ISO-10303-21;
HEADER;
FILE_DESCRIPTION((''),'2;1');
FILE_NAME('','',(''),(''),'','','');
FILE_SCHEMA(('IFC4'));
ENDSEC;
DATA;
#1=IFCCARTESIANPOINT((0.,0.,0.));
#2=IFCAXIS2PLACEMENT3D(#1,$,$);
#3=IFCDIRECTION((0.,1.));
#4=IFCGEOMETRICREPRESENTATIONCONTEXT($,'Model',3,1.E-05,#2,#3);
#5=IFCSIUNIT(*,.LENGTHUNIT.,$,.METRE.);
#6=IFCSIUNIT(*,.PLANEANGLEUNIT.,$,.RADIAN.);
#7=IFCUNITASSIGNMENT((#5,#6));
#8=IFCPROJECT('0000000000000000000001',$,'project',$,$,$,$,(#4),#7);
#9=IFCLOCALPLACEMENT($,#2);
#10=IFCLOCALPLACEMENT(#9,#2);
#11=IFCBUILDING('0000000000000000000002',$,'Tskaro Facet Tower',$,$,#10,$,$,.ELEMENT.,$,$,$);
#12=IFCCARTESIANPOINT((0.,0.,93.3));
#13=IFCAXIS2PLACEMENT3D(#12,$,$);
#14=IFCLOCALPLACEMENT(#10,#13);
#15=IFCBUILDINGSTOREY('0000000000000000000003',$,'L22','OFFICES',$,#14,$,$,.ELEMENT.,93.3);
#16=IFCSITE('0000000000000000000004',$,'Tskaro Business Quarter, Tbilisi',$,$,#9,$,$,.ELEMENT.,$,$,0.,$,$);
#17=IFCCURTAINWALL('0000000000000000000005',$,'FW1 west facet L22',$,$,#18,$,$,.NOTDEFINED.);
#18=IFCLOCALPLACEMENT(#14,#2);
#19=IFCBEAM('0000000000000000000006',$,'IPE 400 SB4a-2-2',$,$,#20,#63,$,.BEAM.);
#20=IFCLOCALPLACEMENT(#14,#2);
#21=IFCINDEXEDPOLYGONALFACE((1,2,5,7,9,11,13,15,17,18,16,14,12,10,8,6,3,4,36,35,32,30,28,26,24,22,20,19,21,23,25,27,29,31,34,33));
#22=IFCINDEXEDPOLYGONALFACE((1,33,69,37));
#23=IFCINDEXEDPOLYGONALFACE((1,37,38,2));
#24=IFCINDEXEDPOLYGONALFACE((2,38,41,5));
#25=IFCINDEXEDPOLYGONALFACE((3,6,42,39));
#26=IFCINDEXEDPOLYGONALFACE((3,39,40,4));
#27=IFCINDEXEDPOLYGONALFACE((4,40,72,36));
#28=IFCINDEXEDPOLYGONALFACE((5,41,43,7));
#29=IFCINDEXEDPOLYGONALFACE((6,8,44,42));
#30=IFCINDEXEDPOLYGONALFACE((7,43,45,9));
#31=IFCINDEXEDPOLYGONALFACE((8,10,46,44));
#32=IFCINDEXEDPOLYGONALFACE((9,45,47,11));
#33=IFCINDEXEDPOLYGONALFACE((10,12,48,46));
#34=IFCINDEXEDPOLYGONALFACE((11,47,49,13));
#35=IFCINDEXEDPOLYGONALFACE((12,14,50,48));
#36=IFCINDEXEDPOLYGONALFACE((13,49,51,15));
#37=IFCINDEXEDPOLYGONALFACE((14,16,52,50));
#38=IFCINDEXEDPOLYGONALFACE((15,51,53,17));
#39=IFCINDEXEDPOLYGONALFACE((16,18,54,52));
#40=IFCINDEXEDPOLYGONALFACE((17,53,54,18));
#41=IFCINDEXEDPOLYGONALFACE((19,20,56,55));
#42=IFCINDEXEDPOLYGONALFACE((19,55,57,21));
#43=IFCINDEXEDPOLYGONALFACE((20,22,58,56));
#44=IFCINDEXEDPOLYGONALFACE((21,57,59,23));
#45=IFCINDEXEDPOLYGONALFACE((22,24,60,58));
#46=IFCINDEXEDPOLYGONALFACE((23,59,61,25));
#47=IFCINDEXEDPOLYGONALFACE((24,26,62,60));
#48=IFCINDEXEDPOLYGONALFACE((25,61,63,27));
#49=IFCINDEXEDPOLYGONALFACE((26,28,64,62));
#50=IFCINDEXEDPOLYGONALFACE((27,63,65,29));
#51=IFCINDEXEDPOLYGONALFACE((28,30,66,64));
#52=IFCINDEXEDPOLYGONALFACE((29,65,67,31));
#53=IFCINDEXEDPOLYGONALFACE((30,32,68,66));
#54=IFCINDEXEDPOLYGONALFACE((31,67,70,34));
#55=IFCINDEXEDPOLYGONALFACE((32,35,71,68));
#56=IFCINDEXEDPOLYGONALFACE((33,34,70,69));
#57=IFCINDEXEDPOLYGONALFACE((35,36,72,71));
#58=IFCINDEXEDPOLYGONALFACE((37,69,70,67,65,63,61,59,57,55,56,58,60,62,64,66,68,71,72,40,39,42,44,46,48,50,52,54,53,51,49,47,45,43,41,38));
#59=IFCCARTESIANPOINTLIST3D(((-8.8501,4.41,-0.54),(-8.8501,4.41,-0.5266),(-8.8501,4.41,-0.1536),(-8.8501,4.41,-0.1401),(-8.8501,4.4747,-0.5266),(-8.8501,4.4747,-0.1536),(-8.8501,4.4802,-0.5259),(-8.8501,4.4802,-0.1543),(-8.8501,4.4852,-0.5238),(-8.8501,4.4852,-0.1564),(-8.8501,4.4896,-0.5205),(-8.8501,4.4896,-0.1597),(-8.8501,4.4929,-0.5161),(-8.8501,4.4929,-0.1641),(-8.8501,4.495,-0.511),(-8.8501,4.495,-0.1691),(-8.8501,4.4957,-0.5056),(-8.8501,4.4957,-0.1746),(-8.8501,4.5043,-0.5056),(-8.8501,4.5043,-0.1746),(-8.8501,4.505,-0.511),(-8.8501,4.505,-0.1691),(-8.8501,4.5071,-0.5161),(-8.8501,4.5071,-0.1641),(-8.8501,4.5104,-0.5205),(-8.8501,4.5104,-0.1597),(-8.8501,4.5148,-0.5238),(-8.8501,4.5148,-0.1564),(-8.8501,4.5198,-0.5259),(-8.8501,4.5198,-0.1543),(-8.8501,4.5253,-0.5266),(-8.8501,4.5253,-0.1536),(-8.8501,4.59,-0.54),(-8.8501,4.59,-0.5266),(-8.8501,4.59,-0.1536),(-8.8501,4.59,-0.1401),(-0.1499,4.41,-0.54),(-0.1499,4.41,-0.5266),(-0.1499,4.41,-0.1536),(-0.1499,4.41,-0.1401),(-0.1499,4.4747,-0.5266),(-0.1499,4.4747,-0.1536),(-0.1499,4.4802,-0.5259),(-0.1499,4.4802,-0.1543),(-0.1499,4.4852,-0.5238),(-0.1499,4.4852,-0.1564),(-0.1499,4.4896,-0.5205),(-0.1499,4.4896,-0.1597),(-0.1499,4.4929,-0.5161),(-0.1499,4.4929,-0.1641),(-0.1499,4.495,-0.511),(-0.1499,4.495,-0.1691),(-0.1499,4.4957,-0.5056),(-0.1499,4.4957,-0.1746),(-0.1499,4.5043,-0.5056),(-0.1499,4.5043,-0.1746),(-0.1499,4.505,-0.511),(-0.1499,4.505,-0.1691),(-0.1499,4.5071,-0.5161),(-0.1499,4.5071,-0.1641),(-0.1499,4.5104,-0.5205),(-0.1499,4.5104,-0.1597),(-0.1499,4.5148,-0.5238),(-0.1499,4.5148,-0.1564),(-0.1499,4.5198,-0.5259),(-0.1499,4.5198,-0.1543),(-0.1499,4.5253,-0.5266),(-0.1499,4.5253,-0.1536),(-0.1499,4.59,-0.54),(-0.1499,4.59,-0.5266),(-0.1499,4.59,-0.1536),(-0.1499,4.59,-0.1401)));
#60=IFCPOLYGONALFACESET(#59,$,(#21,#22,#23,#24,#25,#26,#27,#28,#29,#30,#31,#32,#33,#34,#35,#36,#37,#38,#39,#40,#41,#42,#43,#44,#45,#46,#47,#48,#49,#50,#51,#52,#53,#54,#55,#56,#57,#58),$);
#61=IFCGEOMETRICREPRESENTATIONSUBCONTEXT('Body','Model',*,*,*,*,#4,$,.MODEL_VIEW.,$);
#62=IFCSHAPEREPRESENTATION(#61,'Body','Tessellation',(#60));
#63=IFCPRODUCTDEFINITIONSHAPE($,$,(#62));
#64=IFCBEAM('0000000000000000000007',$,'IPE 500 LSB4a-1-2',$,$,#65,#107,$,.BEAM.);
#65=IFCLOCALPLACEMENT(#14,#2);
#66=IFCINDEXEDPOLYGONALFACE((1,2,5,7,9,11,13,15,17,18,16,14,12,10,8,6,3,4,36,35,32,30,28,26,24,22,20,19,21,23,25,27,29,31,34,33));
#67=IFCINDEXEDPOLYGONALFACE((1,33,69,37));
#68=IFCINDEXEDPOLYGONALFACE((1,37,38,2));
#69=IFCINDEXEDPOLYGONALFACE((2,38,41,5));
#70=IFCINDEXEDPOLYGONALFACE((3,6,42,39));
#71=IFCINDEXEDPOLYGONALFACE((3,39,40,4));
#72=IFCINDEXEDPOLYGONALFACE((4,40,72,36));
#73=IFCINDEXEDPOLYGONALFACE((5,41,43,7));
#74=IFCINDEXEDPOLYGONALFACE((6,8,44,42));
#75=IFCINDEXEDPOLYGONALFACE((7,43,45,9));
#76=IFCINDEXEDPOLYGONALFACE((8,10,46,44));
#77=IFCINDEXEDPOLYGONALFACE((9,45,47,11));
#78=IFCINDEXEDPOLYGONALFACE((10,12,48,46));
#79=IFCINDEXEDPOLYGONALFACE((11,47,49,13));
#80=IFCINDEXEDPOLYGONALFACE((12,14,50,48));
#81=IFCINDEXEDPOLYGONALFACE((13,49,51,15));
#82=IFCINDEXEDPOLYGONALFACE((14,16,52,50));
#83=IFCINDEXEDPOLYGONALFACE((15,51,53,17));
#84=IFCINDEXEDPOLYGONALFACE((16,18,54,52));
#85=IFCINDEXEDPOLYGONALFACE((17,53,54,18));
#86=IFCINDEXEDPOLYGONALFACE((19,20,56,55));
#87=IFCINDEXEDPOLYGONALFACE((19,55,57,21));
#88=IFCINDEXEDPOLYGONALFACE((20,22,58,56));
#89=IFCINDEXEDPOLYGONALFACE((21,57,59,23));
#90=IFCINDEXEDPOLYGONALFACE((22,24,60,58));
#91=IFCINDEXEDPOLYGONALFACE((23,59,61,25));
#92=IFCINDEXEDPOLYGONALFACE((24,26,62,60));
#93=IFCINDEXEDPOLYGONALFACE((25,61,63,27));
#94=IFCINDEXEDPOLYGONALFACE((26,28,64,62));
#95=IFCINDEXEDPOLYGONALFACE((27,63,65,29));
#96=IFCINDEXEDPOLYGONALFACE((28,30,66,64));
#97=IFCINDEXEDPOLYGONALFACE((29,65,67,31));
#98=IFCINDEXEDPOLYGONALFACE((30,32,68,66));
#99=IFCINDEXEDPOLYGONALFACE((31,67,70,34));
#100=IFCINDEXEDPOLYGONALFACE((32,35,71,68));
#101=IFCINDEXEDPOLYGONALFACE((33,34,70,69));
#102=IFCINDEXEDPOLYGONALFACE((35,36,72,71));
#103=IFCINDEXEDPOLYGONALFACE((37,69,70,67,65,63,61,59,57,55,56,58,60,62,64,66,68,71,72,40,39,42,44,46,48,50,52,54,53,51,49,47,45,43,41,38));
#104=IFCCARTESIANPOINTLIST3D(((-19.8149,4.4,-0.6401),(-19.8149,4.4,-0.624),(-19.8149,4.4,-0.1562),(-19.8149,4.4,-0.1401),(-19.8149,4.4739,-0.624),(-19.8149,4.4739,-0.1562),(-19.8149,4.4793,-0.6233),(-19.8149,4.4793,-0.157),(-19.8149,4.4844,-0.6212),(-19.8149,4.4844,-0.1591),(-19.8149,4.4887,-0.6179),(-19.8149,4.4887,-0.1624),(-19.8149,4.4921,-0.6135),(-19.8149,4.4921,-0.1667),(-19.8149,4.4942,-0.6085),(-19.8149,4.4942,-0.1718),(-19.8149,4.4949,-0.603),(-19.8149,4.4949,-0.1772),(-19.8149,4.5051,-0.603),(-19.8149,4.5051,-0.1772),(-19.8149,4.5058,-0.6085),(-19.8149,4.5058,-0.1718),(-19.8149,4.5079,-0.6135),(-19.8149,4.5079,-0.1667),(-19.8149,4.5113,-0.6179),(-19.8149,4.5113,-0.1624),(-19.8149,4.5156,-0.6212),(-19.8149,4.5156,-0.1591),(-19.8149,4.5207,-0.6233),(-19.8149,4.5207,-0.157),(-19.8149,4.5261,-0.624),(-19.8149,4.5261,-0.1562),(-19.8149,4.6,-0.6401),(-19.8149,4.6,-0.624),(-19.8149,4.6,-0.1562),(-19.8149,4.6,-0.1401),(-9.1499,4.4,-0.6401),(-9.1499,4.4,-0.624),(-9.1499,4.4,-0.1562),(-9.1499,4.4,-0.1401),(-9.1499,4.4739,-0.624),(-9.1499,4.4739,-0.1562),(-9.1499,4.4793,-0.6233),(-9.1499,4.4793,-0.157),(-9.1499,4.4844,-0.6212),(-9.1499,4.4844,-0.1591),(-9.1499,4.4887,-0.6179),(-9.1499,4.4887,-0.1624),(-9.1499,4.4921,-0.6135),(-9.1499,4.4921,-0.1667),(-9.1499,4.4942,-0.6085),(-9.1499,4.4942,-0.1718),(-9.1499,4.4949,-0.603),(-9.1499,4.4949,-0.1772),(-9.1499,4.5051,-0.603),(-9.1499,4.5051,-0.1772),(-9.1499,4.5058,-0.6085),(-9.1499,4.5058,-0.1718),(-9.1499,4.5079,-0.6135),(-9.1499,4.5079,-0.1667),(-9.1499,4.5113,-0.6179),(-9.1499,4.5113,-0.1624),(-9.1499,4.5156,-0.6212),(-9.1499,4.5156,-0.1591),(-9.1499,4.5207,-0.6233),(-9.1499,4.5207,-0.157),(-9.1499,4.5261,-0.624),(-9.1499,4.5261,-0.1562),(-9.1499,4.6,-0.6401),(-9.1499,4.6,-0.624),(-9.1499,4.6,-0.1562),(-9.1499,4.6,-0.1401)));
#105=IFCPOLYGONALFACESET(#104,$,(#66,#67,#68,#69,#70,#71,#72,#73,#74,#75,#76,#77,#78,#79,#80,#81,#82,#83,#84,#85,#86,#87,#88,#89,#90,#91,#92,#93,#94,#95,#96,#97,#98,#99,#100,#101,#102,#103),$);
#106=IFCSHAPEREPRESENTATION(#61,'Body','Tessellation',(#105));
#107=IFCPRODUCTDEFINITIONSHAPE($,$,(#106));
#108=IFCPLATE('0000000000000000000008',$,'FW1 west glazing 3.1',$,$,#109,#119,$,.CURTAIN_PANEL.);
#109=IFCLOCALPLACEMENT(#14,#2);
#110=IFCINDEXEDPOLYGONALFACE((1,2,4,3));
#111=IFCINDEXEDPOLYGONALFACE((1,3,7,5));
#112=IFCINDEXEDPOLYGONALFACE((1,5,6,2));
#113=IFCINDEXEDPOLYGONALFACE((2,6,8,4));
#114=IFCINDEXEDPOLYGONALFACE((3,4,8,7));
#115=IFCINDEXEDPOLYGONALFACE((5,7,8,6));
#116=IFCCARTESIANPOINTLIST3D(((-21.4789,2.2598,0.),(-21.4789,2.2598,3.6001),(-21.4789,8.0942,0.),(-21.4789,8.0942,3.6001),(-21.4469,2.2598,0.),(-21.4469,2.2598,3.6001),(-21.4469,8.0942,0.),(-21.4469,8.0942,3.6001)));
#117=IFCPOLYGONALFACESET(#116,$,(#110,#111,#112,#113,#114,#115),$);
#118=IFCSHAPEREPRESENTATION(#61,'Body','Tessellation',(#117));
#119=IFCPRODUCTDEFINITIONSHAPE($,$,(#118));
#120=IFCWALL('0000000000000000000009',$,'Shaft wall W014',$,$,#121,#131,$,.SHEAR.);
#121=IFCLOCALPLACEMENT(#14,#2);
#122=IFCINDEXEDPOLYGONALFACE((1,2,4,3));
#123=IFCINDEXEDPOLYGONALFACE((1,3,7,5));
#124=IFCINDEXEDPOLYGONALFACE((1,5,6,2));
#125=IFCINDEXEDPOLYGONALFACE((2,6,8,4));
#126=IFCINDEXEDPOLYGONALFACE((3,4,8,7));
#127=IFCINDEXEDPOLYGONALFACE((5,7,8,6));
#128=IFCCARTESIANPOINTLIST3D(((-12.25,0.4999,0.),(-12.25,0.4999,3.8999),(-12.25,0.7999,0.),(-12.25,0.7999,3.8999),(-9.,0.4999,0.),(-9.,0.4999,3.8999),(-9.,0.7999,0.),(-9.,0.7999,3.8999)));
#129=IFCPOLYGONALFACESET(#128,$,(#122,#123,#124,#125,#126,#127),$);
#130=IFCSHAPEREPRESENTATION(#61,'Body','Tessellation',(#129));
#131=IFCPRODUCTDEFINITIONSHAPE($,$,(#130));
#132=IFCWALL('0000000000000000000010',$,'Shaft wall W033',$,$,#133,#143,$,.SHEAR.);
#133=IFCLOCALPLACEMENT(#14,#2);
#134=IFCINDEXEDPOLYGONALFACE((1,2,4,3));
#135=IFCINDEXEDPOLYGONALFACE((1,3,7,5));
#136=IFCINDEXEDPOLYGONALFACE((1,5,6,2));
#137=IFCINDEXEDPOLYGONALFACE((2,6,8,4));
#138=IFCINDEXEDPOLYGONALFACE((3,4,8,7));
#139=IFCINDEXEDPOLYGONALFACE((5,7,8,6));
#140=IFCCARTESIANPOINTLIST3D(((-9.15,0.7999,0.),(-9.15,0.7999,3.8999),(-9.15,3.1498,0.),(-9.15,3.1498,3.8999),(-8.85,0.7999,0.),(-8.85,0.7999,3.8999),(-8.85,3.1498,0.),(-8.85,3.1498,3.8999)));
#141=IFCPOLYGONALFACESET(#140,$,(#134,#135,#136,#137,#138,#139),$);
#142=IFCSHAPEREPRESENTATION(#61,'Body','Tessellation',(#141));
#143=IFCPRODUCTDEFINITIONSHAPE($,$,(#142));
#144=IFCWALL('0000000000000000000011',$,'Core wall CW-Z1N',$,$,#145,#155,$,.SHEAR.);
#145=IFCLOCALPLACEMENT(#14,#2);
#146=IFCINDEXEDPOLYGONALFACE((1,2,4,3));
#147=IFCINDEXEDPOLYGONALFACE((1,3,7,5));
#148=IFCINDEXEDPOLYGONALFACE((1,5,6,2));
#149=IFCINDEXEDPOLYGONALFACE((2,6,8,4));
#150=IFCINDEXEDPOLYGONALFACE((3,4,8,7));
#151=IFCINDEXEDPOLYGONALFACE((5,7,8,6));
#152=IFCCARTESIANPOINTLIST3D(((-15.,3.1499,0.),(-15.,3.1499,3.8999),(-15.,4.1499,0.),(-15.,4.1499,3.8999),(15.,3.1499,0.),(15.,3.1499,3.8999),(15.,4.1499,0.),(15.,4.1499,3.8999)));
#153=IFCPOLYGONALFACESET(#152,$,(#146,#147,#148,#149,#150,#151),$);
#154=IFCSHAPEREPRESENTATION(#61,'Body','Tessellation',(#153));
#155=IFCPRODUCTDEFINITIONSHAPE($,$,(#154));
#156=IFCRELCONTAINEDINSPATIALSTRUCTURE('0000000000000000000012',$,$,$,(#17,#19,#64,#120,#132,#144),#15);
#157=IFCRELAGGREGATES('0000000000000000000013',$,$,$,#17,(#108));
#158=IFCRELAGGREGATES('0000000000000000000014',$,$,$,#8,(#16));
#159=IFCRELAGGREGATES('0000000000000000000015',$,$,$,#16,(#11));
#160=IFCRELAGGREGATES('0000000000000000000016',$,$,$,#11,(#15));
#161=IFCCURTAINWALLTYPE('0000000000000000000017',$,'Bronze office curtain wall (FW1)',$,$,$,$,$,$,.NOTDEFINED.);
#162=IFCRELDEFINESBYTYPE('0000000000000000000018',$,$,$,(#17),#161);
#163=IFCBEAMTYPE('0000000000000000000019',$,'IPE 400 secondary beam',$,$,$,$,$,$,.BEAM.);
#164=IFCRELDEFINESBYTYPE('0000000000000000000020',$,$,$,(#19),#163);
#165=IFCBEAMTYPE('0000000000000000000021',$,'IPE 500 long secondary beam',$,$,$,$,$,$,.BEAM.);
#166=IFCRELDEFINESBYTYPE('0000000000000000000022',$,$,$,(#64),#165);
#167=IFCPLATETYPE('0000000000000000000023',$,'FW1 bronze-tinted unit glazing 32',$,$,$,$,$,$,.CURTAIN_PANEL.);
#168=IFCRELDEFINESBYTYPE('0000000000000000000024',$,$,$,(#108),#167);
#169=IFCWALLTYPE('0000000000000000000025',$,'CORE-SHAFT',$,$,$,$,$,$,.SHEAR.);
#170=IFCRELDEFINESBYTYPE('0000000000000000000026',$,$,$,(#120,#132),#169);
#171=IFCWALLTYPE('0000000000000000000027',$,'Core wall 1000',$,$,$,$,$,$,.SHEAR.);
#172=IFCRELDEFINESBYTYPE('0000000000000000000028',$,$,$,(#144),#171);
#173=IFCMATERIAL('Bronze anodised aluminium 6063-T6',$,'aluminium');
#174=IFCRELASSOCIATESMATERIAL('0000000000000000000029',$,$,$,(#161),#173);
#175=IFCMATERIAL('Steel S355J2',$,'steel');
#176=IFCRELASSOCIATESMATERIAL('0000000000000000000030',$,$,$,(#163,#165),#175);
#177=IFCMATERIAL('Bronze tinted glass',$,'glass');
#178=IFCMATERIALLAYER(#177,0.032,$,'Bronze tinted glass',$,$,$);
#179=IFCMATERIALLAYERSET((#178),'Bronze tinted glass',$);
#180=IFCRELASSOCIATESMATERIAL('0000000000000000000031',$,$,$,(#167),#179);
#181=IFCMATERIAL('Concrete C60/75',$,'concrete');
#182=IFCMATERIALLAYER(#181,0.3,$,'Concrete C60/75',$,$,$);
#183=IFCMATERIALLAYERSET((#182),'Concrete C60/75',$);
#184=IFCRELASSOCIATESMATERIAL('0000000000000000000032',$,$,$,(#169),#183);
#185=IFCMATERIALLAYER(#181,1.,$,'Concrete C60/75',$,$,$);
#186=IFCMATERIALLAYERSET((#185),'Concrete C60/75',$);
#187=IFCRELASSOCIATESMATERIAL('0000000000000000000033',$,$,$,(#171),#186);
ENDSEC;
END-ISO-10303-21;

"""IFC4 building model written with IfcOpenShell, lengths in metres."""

from ifc_helpers import new_model, si_unit, direction, frame, frame_2d, origin, origin_2d, place, context, subcontext, project, spatial, rectangle, i_section, extrude, material, layer, layer_set, material_profile, profile_set, type_object, element, aggregate, save


model = new_model("IFC4")

# Units and contexts
model_context = context("Model", 3, precision=1e-05, world=origin(), true_north=direction((0.0, 1.0)))
body_context = subcontext(model_context, "Body", "Model", "MODEL_VIEW")
ifc_project = project(units=[si_unit("LENGTHUNIT", "METRE"), si_unit("PLANEANGLEUNIT", "RADIAN")], contexts=[model_context])

# Site, building, storey
site_placement = place(None, origin())
site = spatial("IfcSite", under=ifc_project, at=site_placement, Name="Tskaro Business Quarter, Tbilisi", CompositionType="ELEMENT", RefElevation=0.0)
building_placement = place(site_placement, origin())
building = spatial("IfcBuilding", under=site, at=building_placement, Name="Tskaro Facet Tower", CompositionType="ELEMENT")
storey_placement = place(building_placement, frame((0.0, 0.0, 93.3)))
storey = spatial("IfcBuildingStorey", under=building, at=storey_placement, Name="L22", Description="OFFICES", CompositionType="ELEMENT", Elevation=93.3)

# Curtain wall
ifc_material_1 = material(Name="Bronze anodised aluminium 6063-T6", Category="aluminium")
curtain_wall_type = type_object("IfcCurtainWallType", Name="Bronze office curtain wall (FW1)", PredefinedType="NOTDEFINED", material=ifc_material_1)
curtain_wall_placement = place(storey_placement, origin())
curtain_wall = element("IfcCurtainWall", 1, at=curtain_wall_placement, inside=storey, type_object=curtain_wall_type, Name="FW1 west facet L22", PredefinedType="NOTDEFINED")

# Beams
ifc_material_2 = material(Name="Steel S355J2", Category="steel")
ifc_material_profile_1 = material_profile(ifc_material_2, i_section(OverallWidth=0.1799, OverallDepth=0.3999, WebThickness=0.0085, FlangeThickness=0.0134, FilletRadius=0.021, at=origin_2d()), Name="IPE 400")
ifc_profile_set_1 = profile_set([ifc_material_profile_1], Name="Steel S355J2")
beam_type_1 = type_object("IfcBeamType", Name="IPE 400 secondary beam", PredefinedType="BEAM", material=ifc_profile_set_1)
beam_1_placement = place(storey_placement, frame((-8.8501, 4.5, -0.3401), z_axis=(1.0, 0.0, 0.0), x_axis=(0.0, 1.0, 0.0)))
element("IfcBeam", 2, at=beam_1_placement, inside=storey, type_object=beam_type_1, Name="IPE 400 SB4a-2-2", PredefinedType="BEAM", context=body_context, shape_type="SweptSolid", body=[
    extrude(i_section(OverallWidth=0.1799, OverallDepth=0.3999, WebThickness=0.0085, FlangeThickness=0.0134, FilletRadius=0.021, at=origin_2d()), origin(), (0.0, 0.0, 1.0), 8.7002),
])
ifc_material_profile_2 = material_profile(ifc_material_2, i_section(OverallWidth=0.2, OverallDepth=0.5, WebThickness=0.0103, FlangeThickness=0.0161, FilletRadius=0.021, at=origin_2d()), Name="IPE 500")
ifc_profile_set_2 = profile_set([ifc_material_profile_2], Name="Steel S355J2")
beam_type_2 = type_object("IfcBeamType", Name="IPE 500 long secondary beam", PredefinedType="BEAM", material=ifc_profile_set_2)
beam_2_placement = place(storey_placement, frame((-19.8149, 4.5, -0.3901), z_axis=(1.0, 0.0, 0.0), x_axis=(0.0, 1.0, 0.0)))
element("IfcBeam", 3, at=beam_2_placement, inside=storey, type_object=beam_type_2, Name="IPE 500 LSB4a-1-2", PredefinedType="BEAM", context=body_context, shape_type="SweptSolid", body=[
    extrude(i_section(OverallWidth=0.2, OverallDepth=0.5, WebThickness=0.0103, FlangeThickness=0.0161, FilletRadius=0.021, at=origin_2d()), origin(), (0.0, 0.0, 1.0), 10.665),
])

# Plate
ifc_material_3 = material(Name="Bronze tinted glass", Category="glass")
ifc_layer_1 = layer(ifc_material_3, 0.032, Name="Bronze tinted glass")
ifc_layer_set_1 = layer_set([ifc_layer_1], Name="Bronze tinted glass")
plate_type = type_object("IfcPlateType", Name="FW1 bronze-tinted unit glazing 32", PredefinedType="CURTAIN_PANEL", material=ifc_layer_set_1)
plate_placement = place(storey_placement, frame((-21.4629, 5.177, 0.0), z_axis=(0.0, 0.0, 1.0), x_axis=(0.0, -1.0, 0.0)))
plate = element("IfcPlate", 4, at=plate_placement, type_object=plate_type, Name="FW1 west glazing 3.1", PredefinedType="CURTAIN_PANEL", context=body_context, shape_type="SweptSolid", body=[
    extrude(rectangle(XDim=5.8345, YDim=0.032, at=origin_2d()), origin(), (0.0, 0.0, 1.0), 3.6001),
])
aggregate(curtain_wall, [plate])

# Walls
ifc_material_4 = material(Name="Concrete C60/75", Category="concrete")
ifc_layer_2 = layer(ifc_material_4, 0.3, Name="Concrete C60/75")
ifc_layer_set_2 = layer_set([ifc_layer_2], Name="Concrete C60/75")
wall_type_1 = type_object("IfcWallType", Name="CORE-SHAFT", PredefinedType="SHEAR", material=ifc_layer_set_2)
wall_1_placement = place(storey_placement, frame((-9.0, 0.6499, 0.0), z_axis=(0.0, 0.0, 1.0), x_axis=(-1.0, 0.0, 0.0)))
element("IfcWall", 5, at=wall_1_placement, inside=storey, type_object=wall_type_1, Name="Shaft wall W014", PredefinedType="SHEAR", context=body_context, shape_type="SweptSolid", body=[
    extrude(rectangle(XDim=3.25, YDim=0.3, at=frame_2d((1.625, 0.0))), origin(), (0.0, 0.0, 1.0), 3.8999),
])
wall_2_placement = place(storey_placement, frame((-9.0, 0.8, 0.0), z_axis=(0.0, 0.0, 1.0), x_axis=(0.0, 1.0, 0.0)))
element("IfcWall", 6, at=wall_2_placement, inside=storey, type_object=wall_type_1, Name="Shaft wall W033", PredefinedType="SHEAR", context=body_context, shape_type="SweptSolid", body=[
    extrude(rectangle(XDim=2.3499, YDim=0.3, at=frame_2d((1.1748, 0.0))), origin(), (0.0, 0.0, 1.0), 3.8999),
])
ifc_layer_3 = layer(ifc_material_4, 1.0, Name="Concrete C60/75")
ifc_layer_set_3 = layer_set([ifc_layer_3], Name="Concrete C60/75")
wall_type_2 = type_object("IfcWallType", Name="Core wall 1000", PredefinedType="SHEAR", material=ifc_layer_set_3)
wall_3_placement = place(storey_placement, frame((-15.0, 3.6499, 0.0), z_axis=(0.0, 0.0, 1.0), x_axis=(1.0, 0.0, 0.0)))
element("IfcWall", 7, at=wall_3_placement, inside=storey, type_object=wall_type_2, Name="Core wall CW-Z1N", PredefinedType="SHEAR", context=body_context, shape_type="SweptSolid", body=[
    extrude(rectangle(XDim=30.0, YDim=1.0, at=frame_2d((15.0, 0.0))), origin(), (0.0, 0.0, 1.0), 3.8999),
])

save(model, "model.ifc")
